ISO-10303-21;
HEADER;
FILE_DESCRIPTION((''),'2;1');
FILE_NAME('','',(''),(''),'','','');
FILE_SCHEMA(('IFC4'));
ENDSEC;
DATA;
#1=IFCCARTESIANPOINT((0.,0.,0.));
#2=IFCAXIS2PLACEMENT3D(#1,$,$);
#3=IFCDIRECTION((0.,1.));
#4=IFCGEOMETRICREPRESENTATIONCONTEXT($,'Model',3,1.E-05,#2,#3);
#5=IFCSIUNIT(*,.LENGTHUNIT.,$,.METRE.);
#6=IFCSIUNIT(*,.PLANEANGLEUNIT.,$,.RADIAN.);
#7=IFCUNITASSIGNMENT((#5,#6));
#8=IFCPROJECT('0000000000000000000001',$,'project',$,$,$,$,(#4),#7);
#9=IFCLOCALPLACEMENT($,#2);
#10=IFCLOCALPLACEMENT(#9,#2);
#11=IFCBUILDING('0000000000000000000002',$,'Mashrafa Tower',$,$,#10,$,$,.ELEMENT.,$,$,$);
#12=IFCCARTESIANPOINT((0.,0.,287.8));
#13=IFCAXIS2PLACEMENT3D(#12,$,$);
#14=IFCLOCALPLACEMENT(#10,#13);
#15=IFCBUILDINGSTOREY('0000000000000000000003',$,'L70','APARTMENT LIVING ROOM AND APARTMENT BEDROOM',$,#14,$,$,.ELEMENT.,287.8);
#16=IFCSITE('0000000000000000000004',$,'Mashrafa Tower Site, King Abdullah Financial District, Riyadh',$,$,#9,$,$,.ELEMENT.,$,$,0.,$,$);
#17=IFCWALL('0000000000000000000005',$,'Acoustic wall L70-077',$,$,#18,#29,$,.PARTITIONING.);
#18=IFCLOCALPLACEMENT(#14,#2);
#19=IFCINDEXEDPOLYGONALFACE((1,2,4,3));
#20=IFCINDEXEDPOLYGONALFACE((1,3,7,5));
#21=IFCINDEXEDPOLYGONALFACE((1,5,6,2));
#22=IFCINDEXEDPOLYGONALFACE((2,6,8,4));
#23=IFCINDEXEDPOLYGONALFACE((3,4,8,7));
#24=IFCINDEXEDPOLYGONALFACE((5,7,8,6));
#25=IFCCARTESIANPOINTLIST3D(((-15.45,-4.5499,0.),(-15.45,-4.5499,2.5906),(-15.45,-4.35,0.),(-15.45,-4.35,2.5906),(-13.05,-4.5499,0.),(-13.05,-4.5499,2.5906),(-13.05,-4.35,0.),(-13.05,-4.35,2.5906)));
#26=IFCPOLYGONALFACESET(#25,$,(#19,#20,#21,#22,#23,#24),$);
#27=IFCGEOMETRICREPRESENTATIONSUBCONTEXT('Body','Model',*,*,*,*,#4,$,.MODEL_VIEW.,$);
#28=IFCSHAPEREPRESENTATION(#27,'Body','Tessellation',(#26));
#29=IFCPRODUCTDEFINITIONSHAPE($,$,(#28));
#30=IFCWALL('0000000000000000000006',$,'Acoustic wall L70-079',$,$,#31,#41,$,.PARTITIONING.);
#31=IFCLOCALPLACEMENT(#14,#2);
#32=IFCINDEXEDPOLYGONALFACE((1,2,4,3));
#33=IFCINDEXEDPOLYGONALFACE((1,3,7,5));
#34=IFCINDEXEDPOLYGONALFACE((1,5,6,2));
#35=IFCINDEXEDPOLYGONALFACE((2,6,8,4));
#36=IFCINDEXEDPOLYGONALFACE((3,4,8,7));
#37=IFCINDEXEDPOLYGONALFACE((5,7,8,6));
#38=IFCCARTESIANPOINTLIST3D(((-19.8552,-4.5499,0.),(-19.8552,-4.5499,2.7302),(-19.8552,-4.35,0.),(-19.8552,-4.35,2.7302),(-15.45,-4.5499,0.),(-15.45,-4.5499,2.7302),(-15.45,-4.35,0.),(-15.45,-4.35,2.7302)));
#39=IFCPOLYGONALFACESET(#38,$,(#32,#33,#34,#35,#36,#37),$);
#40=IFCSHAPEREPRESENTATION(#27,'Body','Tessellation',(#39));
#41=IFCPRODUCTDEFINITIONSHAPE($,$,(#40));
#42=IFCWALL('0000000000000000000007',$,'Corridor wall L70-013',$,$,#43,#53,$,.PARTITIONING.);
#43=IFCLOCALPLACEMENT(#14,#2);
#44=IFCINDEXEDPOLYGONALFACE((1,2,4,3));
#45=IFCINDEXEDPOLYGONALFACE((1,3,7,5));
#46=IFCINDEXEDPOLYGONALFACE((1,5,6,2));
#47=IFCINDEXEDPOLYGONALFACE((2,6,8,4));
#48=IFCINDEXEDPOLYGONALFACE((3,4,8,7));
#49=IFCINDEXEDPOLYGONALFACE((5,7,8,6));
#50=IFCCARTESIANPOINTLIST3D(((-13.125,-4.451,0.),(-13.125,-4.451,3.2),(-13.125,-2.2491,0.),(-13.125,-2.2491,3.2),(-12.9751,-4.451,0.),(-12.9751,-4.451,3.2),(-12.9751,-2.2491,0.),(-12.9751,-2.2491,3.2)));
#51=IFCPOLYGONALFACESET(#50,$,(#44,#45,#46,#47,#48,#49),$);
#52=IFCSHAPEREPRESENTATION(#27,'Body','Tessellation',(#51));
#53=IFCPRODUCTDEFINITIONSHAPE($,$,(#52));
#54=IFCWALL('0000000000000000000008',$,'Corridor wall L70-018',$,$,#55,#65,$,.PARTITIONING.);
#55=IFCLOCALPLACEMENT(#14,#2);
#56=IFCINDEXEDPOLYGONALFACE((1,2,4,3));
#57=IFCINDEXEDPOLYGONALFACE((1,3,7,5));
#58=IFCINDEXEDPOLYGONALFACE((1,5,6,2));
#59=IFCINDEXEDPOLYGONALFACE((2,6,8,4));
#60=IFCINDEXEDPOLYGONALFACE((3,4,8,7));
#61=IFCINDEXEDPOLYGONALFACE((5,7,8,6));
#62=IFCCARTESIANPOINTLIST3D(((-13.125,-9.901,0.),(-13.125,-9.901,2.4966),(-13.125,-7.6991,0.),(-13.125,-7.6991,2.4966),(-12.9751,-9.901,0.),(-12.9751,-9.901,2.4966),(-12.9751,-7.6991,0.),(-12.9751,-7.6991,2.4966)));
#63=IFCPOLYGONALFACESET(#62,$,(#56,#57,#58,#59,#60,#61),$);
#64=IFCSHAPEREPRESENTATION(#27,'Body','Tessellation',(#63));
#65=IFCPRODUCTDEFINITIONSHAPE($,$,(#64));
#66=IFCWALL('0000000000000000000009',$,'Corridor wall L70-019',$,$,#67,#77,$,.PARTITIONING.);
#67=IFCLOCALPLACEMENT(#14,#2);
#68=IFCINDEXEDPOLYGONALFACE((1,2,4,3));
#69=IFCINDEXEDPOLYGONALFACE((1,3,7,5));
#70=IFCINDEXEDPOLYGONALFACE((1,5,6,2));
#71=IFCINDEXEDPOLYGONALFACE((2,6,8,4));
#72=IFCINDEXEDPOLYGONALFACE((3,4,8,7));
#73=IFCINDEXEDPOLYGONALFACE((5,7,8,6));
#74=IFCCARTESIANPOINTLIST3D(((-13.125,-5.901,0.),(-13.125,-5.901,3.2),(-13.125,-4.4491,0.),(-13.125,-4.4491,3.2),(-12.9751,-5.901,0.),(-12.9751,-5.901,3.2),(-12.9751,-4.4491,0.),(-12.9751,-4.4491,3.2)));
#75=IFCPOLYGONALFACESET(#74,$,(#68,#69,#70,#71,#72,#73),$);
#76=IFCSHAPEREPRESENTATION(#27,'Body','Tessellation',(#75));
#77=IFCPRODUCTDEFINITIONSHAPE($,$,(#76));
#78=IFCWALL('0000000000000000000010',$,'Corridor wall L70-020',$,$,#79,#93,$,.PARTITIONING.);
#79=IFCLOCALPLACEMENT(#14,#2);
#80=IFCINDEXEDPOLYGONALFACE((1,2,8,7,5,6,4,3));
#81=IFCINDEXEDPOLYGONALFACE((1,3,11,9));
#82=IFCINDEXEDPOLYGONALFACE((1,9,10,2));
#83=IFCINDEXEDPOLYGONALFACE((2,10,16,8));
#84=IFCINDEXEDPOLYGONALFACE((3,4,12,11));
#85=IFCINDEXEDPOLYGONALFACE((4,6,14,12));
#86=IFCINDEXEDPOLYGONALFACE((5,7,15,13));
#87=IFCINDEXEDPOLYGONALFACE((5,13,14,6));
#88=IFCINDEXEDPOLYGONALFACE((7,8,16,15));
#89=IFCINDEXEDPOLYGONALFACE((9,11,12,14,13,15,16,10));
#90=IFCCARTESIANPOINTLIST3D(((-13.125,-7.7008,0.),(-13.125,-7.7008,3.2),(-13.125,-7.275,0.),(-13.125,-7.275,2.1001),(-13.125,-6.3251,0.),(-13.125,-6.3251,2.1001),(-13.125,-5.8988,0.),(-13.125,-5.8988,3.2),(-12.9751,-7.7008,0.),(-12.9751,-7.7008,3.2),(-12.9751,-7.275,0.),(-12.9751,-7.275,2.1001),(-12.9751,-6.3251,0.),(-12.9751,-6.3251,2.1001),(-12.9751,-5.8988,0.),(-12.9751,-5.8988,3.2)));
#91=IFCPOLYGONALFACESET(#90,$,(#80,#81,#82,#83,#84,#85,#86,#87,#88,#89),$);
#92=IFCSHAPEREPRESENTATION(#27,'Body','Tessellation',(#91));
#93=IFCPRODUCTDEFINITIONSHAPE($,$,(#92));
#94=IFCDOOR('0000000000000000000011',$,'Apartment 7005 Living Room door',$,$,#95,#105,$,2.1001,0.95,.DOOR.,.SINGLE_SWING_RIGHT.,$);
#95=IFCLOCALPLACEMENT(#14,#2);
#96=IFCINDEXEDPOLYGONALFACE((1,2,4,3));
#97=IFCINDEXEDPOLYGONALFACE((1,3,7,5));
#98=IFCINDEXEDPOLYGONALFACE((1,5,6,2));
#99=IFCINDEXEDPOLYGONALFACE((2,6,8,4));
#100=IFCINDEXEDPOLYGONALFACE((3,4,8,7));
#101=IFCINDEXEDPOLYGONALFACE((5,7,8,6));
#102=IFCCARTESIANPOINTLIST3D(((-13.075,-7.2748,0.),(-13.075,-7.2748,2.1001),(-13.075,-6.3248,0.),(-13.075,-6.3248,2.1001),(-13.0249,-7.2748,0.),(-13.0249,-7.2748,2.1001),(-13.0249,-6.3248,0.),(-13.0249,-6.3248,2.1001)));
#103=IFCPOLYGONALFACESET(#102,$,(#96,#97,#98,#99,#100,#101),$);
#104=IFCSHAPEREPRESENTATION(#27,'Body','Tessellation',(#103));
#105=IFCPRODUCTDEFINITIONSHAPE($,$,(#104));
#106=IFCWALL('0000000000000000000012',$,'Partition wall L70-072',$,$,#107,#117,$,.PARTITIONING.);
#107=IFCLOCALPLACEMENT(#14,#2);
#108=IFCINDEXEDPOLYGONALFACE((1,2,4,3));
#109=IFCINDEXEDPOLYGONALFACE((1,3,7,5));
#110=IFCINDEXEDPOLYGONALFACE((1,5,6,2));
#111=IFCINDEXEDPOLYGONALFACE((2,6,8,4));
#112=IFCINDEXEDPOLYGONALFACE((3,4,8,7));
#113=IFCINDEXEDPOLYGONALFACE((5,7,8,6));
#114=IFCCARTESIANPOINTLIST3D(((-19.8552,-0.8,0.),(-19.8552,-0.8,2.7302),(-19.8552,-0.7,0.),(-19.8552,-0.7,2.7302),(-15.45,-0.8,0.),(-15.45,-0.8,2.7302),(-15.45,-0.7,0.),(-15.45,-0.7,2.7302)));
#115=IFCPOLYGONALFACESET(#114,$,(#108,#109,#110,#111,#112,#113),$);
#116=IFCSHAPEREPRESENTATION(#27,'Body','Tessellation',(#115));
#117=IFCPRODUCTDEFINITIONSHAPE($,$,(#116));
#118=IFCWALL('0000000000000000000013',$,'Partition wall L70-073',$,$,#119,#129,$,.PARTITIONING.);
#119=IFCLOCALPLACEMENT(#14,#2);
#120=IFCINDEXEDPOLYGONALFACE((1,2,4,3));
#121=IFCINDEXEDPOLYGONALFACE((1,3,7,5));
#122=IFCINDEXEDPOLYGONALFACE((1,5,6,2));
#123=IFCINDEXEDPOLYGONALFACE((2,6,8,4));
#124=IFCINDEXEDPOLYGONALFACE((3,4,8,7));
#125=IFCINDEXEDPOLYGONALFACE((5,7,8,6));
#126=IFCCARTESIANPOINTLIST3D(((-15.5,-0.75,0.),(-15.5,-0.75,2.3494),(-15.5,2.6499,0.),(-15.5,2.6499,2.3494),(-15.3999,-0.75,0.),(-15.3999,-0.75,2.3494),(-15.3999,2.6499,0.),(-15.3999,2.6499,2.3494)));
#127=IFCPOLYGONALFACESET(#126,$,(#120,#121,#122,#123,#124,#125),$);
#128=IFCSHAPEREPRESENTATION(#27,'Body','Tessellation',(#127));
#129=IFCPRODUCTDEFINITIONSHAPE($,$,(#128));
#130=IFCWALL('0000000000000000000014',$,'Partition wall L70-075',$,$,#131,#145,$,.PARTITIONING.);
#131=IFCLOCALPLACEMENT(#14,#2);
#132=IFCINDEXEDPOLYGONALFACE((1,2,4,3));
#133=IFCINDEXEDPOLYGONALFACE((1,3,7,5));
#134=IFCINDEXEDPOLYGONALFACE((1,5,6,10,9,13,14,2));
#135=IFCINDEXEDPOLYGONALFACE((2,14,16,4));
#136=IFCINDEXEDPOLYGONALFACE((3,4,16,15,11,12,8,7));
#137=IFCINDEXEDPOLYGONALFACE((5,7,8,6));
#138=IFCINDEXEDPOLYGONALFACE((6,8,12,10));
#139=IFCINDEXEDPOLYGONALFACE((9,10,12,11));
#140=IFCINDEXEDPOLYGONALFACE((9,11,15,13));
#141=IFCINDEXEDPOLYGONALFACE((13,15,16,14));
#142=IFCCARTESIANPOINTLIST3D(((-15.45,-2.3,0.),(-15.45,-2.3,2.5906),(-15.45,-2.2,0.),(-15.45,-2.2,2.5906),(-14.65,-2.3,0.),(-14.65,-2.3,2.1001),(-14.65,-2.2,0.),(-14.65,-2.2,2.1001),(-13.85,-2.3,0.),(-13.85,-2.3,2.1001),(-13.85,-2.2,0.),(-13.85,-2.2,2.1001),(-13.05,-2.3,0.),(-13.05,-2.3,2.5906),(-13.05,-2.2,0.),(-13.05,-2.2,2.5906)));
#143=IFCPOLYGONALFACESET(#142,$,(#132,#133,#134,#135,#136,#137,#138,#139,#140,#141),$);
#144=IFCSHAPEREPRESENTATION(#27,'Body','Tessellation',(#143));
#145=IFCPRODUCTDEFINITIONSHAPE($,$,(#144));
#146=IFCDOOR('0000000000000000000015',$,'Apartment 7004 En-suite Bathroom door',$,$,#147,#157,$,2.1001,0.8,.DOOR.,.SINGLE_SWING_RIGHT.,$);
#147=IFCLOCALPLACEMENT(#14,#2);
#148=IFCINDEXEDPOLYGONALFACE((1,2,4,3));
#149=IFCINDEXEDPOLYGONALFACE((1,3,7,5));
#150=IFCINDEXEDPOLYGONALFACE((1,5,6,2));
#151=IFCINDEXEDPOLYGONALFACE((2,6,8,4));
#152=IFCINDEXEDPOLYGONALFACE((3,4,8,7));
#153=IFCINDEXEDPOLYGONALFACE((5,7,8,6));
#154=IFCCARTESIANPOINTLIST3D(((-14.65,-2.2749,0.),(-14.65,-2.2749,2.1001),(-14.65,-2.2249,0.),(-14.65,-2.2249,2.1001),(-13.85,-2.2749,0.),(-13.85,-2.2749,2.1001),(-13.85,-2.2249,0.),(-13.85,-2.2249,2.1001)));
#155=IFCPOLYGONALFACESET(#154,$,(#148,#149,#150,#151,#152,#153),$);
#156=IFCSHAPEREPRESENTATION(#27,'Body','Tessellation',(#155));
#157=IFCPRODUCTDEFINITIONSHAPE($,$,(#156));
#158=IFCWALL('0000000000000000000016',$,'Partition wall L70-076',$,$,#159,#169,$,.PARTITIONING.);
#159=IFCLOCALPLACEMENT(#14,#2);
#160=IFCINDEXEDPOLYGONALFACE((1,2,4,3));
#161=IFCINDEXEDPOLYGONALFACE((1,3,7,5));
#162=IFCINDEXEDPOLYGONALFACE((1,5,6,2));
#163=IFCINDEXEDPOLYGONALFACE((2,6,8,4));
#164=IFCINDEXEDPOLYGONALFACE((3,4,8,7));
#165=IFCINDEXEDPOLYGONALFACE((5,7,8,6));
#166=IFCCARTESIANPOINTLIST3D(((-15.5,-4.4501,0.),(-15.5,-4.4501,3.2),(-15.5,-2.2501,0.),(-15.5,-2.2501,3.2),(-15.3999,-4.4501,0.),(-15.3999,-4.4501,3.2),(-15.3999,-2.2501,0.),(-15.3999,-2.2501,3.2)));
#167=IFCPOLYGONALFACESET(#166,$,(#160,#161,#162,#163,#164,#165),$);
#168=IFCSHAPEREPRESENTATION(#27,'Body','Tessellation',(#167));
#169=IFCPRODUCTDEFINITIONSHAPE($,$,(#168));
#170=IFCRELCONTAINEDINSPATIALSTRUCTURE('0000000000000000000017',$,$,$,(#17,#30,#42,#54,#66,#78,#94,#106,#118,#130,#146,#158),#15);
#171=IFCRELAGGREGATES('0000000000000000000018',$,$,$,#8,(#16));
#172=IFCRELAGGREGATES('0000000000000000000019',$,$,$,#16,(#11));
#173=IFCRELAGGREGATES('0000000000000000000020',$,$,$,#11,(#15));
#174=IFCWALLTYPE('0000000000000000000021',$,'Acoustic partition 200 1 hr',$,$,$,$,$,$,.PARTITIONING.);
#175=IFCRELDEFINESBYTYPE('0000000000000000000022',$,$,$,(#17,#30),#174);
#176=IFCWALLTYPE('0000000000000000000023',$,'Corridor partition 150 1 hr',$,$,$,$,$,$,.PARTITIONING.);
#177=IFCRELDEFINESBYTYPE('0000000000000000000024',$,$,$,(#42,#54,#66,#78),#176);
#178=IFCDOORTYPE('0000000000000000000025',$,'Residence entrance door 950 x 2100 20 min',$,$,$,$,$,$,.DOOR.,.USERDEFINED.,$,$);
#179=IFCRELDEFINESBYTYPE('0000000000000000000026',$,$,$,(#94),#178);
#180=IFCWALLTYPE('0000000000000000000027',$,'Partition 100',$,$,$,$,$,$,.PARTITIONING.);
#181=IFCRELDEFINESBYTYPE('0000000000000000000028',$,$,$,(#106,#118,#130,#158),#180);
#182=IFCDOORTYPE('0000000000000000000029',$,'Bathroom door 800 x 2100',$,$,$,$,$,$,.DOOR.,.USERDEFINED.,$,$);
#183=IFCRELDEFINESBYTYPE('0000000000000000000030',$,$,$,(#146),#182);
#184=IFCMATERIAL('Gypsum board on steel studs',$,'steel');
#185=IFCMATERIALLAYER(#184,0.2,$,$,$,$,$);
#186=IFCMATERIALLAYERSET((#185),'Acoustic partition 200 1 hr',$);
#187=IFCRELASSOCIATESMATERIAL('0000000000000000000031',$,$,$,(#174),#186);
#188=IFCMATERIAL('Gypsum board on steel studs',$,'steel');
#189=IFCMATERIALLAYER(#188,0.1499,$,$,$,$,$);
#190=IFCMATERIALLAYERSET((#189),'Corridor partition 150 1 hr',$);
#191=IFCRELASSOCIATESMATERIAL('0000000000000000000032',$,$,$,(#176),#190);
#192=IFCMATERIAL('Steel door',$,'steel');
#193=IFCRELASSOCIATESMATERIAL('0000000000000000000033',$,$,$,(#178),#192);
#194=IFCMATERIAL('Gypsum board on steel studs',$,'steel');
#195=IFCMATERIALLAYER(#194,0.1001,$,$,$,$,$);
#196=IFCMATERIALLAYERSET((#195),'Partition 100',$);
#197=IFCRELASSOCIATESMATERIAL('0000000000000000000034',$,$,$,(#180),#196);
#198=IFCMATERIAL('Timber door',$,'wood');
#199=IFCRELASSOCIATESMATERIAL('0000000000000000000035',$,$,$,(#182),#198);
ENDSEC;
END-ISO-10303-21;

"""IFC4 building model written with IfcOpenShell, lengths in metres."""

from ifc_helpers import new_model, si_unit, direction, frame, frame_2d, origin, place, context, subcontext, project, spatial, rectangle, extrude, material, layer, layer_set, type_object, element, fill, save


model = new_model("IFC4")

# Units and contexts
model_context = context("Model", 3, precision=1e-05, world=origin(), true_north=direction((0.0, 1.0)))
body_context = subcontext(model_context, "Body", "Model", "MODEL_VIEW")
ifc_project = project(units=[si_unit("LENGTHUNIT", "METRE"), si_unit("PLANEANGLEUNIT", "RADIAN")], contexts=[model_context])

# Site, building, storey
site_placement = place(None, origin())
site = spatial("IfcSite", under=ifc_project, at=site_placement, Name="Mashrafa Tower Site, King Abdullah Financial District, Riyadh", CompositionType="ELEMENT", RefElevation=0.0)
building_placement = place(site_placement, origin())
building = spatial("IfcBuilding", under=site, at=building_placement, Name="Mashrafa Tower", CompositionType="ELEMENT")
storey_placement = place(building_placement, frame((0.0, 0.0, 287.8)))
storey = spatial("IfcBuildingStorey", under=building, at=storey_placement, Name="L70", Description="APARTMENT LIVING ROOM AND APARTMENT BEDROOM", CompositionType="ELEMENT", Elevation=287.8)

# Walls
ifc_material_1 = material(Name="Gypsum board on steel studs", Category="steel")
ifc_layer_1 = layer(ifc_material_1, 0.2)
ifc_layer_set_1 = layer_set([ifc_layer_1], Name="Acoustic partition 200 1 hr")
wall_type_1 = type_object("IfcWallType", Name="Acoustic partition 200 1 hr", PredefinedType="PARTITIONING", material=ifc_layer_set_1)
wall_1_placement = place(storey_placement, frame((-15.45, -4.45, 0.0), z_axis=(0.0, 0.0, 1.0), x_axis=(1.0, 0.0, 0.0)))
element("IfcWall", 1, at=wall_1_placement, inside=storey, type_object=wall_type_1, Name="Acoustic wall L70-077", PredefinedType="PARTITIONING", context=body_context, shape_type="SweptSolid", body=[
    extrude(rectangle(XDim=2.3999, YDim=0.2, at=frame_2d((1.2, 0.0))), origin(), (0.0, 0.0, 1.0), 2.5906),
])
wall_2_placement = place(storey_placement, frame((-19.8552, -4.45, 0.0), z_axis=(0.0, 0.0, 1.0), x_axis=(1.0, 0.0, 0.0)))
element("IfcWall", 2, at=wall_2_placement, inside=storey, type_object=wall_type_1, Name="Acoustic wall L70-079", PredefinedType="PARTITIONING", context=body_context, shape_type="SweptSolid", body=[
    extrude(rectangle(XDim=4.4053, YDim=0.2, at=frame_2d((2.2026, 0.0))), origin(), (0.0, 0.0, 1.0), 2.7302),
])
ifc_material_2 = material(Name="Gypsum board on steel studs", Category="steel")
ifc_layer_2 = layer(ifc_material_2, 0.1499)
ifc_layer_set_2 = layer_set([ifc_layer_2], Name="Corridor partition 150 1 hr")
wall_type_2 = type_object("IfcWallType", Name="Corridor partition 150 1 hr", PredefinedType="PARTITIONING", material=ifc_layer_set_2)
wall_3_placement = place(storey_placement, frame((-13.05, -2.249, 0.0), z_axis=(0.0, 0.0, 1.0), x_axis=(0.0, -1.0, 0.0)))
element("IfcWall", 3, at=wall_3_placement, inside=storey, type_object=wall_type_2, Name="Corridor wall L70-013", PredefinedType="PARTITIONING", context=body_context, shape_type="SweptSolid", body=[
    extrude(rectangle(XDim=2.2019, YDim=0.1499, at=frame_2d((1.1011, 0.0))), origin(), (0.0, 0.0, 1.0), 3.2),
])
wall_4_placement = place(storey_placement, frame((-13.05, -7.699, 0.0), z_axis=(0.0, 0.0, 1.0), x_axis=(0.0, -1.0, 0.0)))
element("IfcWall", 4, at=wall_4_placement, inside=storey, type_object=wall_type_2, Name="Corridor wall L70-018", PredefinedType="PARTITIONING", context=body_context, shape_type="SweptSolid", body=[
    extrude(rectangle(XDim=2.2019, YDim=0.1499, at=frame_2d((1.1011, 0.0))), origin(), (0.0, 0.0, 1.0), 2.4966),
])
wall_5_placement = place(storey_placement, frame((-13.05, -4.449, 0.0), z_axis=(0.0, 0.0, 1.0), x_axis=(0.0, -1.0, 0.0)))
element("IfcWall", 5, at=wall_5_placement, inside=storey, type_object=wall_type_2, Name="Corridor wall L70-019", PredefinedType="PARTITIONING", context=body_context, shape_type="SweptSolid", body=[
    extrude(rectangle(XDim=1.4519, YDim=0.1499, at=frame_2d((0.7261, 0.0))), origin(), (0.0, 0.0, 1.0), 3.2),
])

# Wall, opening, door
wall_6_placement = place(storey_placement, frame((-13.05, -5.8989, 0.0), z_axis=(0.0, 0.0, 1.0), x_axis=(0.0, -1.0, 0.0)))
wall_6 = element("IfcWall", 6, at=wall_6_placement, inside=storey, type_object=wall_type_2, Name="Corridor wall L70-020", PredefinedType="PARTITIONING", context=body_context, shape_type="SweptSolid", body=[
    extrude(rectangle(XDim=1.802, YDim=0.1499, at=frame_2d((0.9009, 0.0))), origin(), (0.0, 0.0, 1.0), 3.2),
])
opening_1_placement = place(wall_6_placement, frame((0.426, 0.0, 0.0)))
opening_1 = element("IfcOpeningElement", 7, at=opening_1_placement, cuts=wall_6, PredefinedType="OPENING", context=body_context, shape_type="SweptSolid", body=[
    extrude(rectangle(XDim=0.95, YDim=2.1001, at=frame_2d((0.4751, 1.05))), frame((0.0, 0.085, 0.0), z_axis=(0.0, -1.0, 0.0), x_axis=(1.0, 0.0, 0.0)), (0.0, 0.0, 1.0), 0.1699),
])
ifc_material_3 = material(Name="Steel door", Category="steel")
door_type_1 = type_object("IfcDoorType", Name="Residence entrance door 950 x 2100 20 min", OperationType="USERDEFINED", PredefinedType="DOOR", material=ifc_material_3)
door_1_placement = place(opening_1_placement, frame((0.95, 0.0, 0.0), z_axis=(0.0, 0.0, 1.0), x_axis=(-1.0, 0.0, 0.0)))
door_1 = element("IfcDoor", 8, at=door_1_placement, inside=storey, type_object=door_type_1, Name="Apartment 7005 Living Room door", OperationType="SINGLE_SWING_RIGHT", OverallHeight=2.1001, OverallWidth=0.95, PredefinedType="DOOR", context=body_context, shape_type="SweptSolid", body=[
    extrude(rectangle(XDim=0.95, YDim=2.1001, at=frame_2d((0.4751, 1.05))), frame((0.0, 0.0249, 0.0), z_axis=(0.0, -1.0, 0.0), x_axis=(1.0, 0.0, 0.0)), (0.0, 0.0, 1.0), 0.05),
])
fill(opening_1, door_1)

# Walls
ifc_material_4 = material(Name="Gypsum board on steel studs", Category="steel")
ifc_layer_3 = layer(ifc_material_4, 0.1001)
ifc_layer_set_3 = layer_set([ifc_layer_3], Name="Partition 100")
wall_type_3 = type_object("IfcWallType", Name="Partition 100", PredefinedType="PARTITIONING", material=ifc_layer_set_3)
wall_7_placement = place(storey_placement, frame((-19.8552, -0.75, 0.0), z_axis=(0.0, 0.0, 1.0), x_axis=(1.0, 0.0, 0.0)))
element("IfcWall", 9, at=wall_7_placement, inside=storey, type_object=wall_type_3, Name="Partition wall L70-072", PredefinedType="PARTITIONING", context=body_context, shape_type="SweptSolid", body=[
    extrude(rectangle(XDim=4.4053, YDim=0.1001, at=frame_2d((2.2026, 0.0))), origin(), (0.0, 0.0, 1.0), 2.7302),
])
wall_8_placement = place(storey_placement, frame((-15.45, -0.75, 0.0), z_axis=(0.0, 0.0, 1.0), x_axis=(0.0, 1.0, 0.0)))
element("IfcWall", 10, at=wall_8_placement, inside=storey, type_object=wall_type_3, Name="Partition wall L70-073", PredefinedType="PARTITIONING", context=body_context, shape_type="SweptSolid", body=[
    extrude(rectangle(XDim=3.3999, YDim=0.1001, at=frame_2d((1.7, 0.0))), origin(), (0.0, 0.0, 1.0), 2.3494),
])

# Wall, opening, door
wall_9_placement = place(storey_placement, frame((-13.05, -2.25, 0.0), z_axis=(0.0, 0.0, 1.0), x_axis=(-1.0, 0.0, 0.0)))
wall_9 = element("IfcWall", 11, at=wall_9_placement, inside=storey, type_object=wall_type_3, Name="Partition wall L70-075", PredefinedType="PARTITIONING", context=body_context, shape_type="SweptSolid", body=[
    extrude(rectangle(XDim=2.3999, YDim=0.1001, at=frame_2d((1.2, 0.0))), origin(), (0.0, 0.0, 1.0), 2.5906),
])
opening_2_placement = place(wall_9_placement, frame((0.8, 0.0, 0.0)))
opening_2 = element("IfcOpeningElement", 12, at=opening_2_placement, cuts=wall_9, PredefinedType="OPENING", context=body_context, shape_type="SweptSolid", body=[
    extrude(rectangle(XDim=0.8, YDim=2.1001, at=frame_2d((0.3999, 1.05))), frame((0.0, 0.0601, 0.0), z_axis=(0.0, -1.0, 0.0), x_axis=(1.0, 0.0, 0.0)), (0.0, 0.0, 1.0), 0.1201),
])
ifc_material_5 = material(Name="Timber door", Category="wood")
door_type_2 = type_object("IfcDoorType", Name="Bathroom door 800 x 2100", OperationType="USERDEFINED", PredefinedType="DOOR", material=ifc_material_5)
door_2_placement = place(opening_2_placement, origin())
door_2 = element("IfcDoor", 13, at=door_2_placement, inside=storey, type_object=door_type_2, Name="Apartment 7004 En-suite Bathroom door", OperationType="SINGLE_SWING_RIGHT", OverallHeight=2.1001, OverallWidth=0.8, PredefinedType="DOOR", context=body_context, shape_type="SweptSolid", body=[
    extrude(rectangle(XDim=0.8, YDim=2.1001, at=frame_2d((0.3999, 1.05))), frame((0.0, 0.0249, 0.0), z_axis=(0.0, -1.0, 0.0), x_axis=(1.0, 0.0, 0.0)), (0.0, 0.0, 1.0), 0.05),
])
fill(opening_2, door_2)

# Wall
wall_10_placement = place(storey_placement, frame((-15.45, -2.25, 0.0), z_axis=(0.0, 0.0, 1.0), x_axis=(0.0, -1.0, 0.0)))
element("IfcWall", 14, at=wall_10_placement, inside=storey, type_object=wall_type_3, Name="Partition wall L70-076", PredefinedType="PARTITIONING", context=body_context, shape_type="SweptSolid", body=[
    extrude(rectangle(XDim=2.2, YDim=0.1001, at=frame_2d((1.1001, 0.0))), origin(), (0.0, 0.0, 1.0), 3.2),
])

save(model, "model.ifc")
